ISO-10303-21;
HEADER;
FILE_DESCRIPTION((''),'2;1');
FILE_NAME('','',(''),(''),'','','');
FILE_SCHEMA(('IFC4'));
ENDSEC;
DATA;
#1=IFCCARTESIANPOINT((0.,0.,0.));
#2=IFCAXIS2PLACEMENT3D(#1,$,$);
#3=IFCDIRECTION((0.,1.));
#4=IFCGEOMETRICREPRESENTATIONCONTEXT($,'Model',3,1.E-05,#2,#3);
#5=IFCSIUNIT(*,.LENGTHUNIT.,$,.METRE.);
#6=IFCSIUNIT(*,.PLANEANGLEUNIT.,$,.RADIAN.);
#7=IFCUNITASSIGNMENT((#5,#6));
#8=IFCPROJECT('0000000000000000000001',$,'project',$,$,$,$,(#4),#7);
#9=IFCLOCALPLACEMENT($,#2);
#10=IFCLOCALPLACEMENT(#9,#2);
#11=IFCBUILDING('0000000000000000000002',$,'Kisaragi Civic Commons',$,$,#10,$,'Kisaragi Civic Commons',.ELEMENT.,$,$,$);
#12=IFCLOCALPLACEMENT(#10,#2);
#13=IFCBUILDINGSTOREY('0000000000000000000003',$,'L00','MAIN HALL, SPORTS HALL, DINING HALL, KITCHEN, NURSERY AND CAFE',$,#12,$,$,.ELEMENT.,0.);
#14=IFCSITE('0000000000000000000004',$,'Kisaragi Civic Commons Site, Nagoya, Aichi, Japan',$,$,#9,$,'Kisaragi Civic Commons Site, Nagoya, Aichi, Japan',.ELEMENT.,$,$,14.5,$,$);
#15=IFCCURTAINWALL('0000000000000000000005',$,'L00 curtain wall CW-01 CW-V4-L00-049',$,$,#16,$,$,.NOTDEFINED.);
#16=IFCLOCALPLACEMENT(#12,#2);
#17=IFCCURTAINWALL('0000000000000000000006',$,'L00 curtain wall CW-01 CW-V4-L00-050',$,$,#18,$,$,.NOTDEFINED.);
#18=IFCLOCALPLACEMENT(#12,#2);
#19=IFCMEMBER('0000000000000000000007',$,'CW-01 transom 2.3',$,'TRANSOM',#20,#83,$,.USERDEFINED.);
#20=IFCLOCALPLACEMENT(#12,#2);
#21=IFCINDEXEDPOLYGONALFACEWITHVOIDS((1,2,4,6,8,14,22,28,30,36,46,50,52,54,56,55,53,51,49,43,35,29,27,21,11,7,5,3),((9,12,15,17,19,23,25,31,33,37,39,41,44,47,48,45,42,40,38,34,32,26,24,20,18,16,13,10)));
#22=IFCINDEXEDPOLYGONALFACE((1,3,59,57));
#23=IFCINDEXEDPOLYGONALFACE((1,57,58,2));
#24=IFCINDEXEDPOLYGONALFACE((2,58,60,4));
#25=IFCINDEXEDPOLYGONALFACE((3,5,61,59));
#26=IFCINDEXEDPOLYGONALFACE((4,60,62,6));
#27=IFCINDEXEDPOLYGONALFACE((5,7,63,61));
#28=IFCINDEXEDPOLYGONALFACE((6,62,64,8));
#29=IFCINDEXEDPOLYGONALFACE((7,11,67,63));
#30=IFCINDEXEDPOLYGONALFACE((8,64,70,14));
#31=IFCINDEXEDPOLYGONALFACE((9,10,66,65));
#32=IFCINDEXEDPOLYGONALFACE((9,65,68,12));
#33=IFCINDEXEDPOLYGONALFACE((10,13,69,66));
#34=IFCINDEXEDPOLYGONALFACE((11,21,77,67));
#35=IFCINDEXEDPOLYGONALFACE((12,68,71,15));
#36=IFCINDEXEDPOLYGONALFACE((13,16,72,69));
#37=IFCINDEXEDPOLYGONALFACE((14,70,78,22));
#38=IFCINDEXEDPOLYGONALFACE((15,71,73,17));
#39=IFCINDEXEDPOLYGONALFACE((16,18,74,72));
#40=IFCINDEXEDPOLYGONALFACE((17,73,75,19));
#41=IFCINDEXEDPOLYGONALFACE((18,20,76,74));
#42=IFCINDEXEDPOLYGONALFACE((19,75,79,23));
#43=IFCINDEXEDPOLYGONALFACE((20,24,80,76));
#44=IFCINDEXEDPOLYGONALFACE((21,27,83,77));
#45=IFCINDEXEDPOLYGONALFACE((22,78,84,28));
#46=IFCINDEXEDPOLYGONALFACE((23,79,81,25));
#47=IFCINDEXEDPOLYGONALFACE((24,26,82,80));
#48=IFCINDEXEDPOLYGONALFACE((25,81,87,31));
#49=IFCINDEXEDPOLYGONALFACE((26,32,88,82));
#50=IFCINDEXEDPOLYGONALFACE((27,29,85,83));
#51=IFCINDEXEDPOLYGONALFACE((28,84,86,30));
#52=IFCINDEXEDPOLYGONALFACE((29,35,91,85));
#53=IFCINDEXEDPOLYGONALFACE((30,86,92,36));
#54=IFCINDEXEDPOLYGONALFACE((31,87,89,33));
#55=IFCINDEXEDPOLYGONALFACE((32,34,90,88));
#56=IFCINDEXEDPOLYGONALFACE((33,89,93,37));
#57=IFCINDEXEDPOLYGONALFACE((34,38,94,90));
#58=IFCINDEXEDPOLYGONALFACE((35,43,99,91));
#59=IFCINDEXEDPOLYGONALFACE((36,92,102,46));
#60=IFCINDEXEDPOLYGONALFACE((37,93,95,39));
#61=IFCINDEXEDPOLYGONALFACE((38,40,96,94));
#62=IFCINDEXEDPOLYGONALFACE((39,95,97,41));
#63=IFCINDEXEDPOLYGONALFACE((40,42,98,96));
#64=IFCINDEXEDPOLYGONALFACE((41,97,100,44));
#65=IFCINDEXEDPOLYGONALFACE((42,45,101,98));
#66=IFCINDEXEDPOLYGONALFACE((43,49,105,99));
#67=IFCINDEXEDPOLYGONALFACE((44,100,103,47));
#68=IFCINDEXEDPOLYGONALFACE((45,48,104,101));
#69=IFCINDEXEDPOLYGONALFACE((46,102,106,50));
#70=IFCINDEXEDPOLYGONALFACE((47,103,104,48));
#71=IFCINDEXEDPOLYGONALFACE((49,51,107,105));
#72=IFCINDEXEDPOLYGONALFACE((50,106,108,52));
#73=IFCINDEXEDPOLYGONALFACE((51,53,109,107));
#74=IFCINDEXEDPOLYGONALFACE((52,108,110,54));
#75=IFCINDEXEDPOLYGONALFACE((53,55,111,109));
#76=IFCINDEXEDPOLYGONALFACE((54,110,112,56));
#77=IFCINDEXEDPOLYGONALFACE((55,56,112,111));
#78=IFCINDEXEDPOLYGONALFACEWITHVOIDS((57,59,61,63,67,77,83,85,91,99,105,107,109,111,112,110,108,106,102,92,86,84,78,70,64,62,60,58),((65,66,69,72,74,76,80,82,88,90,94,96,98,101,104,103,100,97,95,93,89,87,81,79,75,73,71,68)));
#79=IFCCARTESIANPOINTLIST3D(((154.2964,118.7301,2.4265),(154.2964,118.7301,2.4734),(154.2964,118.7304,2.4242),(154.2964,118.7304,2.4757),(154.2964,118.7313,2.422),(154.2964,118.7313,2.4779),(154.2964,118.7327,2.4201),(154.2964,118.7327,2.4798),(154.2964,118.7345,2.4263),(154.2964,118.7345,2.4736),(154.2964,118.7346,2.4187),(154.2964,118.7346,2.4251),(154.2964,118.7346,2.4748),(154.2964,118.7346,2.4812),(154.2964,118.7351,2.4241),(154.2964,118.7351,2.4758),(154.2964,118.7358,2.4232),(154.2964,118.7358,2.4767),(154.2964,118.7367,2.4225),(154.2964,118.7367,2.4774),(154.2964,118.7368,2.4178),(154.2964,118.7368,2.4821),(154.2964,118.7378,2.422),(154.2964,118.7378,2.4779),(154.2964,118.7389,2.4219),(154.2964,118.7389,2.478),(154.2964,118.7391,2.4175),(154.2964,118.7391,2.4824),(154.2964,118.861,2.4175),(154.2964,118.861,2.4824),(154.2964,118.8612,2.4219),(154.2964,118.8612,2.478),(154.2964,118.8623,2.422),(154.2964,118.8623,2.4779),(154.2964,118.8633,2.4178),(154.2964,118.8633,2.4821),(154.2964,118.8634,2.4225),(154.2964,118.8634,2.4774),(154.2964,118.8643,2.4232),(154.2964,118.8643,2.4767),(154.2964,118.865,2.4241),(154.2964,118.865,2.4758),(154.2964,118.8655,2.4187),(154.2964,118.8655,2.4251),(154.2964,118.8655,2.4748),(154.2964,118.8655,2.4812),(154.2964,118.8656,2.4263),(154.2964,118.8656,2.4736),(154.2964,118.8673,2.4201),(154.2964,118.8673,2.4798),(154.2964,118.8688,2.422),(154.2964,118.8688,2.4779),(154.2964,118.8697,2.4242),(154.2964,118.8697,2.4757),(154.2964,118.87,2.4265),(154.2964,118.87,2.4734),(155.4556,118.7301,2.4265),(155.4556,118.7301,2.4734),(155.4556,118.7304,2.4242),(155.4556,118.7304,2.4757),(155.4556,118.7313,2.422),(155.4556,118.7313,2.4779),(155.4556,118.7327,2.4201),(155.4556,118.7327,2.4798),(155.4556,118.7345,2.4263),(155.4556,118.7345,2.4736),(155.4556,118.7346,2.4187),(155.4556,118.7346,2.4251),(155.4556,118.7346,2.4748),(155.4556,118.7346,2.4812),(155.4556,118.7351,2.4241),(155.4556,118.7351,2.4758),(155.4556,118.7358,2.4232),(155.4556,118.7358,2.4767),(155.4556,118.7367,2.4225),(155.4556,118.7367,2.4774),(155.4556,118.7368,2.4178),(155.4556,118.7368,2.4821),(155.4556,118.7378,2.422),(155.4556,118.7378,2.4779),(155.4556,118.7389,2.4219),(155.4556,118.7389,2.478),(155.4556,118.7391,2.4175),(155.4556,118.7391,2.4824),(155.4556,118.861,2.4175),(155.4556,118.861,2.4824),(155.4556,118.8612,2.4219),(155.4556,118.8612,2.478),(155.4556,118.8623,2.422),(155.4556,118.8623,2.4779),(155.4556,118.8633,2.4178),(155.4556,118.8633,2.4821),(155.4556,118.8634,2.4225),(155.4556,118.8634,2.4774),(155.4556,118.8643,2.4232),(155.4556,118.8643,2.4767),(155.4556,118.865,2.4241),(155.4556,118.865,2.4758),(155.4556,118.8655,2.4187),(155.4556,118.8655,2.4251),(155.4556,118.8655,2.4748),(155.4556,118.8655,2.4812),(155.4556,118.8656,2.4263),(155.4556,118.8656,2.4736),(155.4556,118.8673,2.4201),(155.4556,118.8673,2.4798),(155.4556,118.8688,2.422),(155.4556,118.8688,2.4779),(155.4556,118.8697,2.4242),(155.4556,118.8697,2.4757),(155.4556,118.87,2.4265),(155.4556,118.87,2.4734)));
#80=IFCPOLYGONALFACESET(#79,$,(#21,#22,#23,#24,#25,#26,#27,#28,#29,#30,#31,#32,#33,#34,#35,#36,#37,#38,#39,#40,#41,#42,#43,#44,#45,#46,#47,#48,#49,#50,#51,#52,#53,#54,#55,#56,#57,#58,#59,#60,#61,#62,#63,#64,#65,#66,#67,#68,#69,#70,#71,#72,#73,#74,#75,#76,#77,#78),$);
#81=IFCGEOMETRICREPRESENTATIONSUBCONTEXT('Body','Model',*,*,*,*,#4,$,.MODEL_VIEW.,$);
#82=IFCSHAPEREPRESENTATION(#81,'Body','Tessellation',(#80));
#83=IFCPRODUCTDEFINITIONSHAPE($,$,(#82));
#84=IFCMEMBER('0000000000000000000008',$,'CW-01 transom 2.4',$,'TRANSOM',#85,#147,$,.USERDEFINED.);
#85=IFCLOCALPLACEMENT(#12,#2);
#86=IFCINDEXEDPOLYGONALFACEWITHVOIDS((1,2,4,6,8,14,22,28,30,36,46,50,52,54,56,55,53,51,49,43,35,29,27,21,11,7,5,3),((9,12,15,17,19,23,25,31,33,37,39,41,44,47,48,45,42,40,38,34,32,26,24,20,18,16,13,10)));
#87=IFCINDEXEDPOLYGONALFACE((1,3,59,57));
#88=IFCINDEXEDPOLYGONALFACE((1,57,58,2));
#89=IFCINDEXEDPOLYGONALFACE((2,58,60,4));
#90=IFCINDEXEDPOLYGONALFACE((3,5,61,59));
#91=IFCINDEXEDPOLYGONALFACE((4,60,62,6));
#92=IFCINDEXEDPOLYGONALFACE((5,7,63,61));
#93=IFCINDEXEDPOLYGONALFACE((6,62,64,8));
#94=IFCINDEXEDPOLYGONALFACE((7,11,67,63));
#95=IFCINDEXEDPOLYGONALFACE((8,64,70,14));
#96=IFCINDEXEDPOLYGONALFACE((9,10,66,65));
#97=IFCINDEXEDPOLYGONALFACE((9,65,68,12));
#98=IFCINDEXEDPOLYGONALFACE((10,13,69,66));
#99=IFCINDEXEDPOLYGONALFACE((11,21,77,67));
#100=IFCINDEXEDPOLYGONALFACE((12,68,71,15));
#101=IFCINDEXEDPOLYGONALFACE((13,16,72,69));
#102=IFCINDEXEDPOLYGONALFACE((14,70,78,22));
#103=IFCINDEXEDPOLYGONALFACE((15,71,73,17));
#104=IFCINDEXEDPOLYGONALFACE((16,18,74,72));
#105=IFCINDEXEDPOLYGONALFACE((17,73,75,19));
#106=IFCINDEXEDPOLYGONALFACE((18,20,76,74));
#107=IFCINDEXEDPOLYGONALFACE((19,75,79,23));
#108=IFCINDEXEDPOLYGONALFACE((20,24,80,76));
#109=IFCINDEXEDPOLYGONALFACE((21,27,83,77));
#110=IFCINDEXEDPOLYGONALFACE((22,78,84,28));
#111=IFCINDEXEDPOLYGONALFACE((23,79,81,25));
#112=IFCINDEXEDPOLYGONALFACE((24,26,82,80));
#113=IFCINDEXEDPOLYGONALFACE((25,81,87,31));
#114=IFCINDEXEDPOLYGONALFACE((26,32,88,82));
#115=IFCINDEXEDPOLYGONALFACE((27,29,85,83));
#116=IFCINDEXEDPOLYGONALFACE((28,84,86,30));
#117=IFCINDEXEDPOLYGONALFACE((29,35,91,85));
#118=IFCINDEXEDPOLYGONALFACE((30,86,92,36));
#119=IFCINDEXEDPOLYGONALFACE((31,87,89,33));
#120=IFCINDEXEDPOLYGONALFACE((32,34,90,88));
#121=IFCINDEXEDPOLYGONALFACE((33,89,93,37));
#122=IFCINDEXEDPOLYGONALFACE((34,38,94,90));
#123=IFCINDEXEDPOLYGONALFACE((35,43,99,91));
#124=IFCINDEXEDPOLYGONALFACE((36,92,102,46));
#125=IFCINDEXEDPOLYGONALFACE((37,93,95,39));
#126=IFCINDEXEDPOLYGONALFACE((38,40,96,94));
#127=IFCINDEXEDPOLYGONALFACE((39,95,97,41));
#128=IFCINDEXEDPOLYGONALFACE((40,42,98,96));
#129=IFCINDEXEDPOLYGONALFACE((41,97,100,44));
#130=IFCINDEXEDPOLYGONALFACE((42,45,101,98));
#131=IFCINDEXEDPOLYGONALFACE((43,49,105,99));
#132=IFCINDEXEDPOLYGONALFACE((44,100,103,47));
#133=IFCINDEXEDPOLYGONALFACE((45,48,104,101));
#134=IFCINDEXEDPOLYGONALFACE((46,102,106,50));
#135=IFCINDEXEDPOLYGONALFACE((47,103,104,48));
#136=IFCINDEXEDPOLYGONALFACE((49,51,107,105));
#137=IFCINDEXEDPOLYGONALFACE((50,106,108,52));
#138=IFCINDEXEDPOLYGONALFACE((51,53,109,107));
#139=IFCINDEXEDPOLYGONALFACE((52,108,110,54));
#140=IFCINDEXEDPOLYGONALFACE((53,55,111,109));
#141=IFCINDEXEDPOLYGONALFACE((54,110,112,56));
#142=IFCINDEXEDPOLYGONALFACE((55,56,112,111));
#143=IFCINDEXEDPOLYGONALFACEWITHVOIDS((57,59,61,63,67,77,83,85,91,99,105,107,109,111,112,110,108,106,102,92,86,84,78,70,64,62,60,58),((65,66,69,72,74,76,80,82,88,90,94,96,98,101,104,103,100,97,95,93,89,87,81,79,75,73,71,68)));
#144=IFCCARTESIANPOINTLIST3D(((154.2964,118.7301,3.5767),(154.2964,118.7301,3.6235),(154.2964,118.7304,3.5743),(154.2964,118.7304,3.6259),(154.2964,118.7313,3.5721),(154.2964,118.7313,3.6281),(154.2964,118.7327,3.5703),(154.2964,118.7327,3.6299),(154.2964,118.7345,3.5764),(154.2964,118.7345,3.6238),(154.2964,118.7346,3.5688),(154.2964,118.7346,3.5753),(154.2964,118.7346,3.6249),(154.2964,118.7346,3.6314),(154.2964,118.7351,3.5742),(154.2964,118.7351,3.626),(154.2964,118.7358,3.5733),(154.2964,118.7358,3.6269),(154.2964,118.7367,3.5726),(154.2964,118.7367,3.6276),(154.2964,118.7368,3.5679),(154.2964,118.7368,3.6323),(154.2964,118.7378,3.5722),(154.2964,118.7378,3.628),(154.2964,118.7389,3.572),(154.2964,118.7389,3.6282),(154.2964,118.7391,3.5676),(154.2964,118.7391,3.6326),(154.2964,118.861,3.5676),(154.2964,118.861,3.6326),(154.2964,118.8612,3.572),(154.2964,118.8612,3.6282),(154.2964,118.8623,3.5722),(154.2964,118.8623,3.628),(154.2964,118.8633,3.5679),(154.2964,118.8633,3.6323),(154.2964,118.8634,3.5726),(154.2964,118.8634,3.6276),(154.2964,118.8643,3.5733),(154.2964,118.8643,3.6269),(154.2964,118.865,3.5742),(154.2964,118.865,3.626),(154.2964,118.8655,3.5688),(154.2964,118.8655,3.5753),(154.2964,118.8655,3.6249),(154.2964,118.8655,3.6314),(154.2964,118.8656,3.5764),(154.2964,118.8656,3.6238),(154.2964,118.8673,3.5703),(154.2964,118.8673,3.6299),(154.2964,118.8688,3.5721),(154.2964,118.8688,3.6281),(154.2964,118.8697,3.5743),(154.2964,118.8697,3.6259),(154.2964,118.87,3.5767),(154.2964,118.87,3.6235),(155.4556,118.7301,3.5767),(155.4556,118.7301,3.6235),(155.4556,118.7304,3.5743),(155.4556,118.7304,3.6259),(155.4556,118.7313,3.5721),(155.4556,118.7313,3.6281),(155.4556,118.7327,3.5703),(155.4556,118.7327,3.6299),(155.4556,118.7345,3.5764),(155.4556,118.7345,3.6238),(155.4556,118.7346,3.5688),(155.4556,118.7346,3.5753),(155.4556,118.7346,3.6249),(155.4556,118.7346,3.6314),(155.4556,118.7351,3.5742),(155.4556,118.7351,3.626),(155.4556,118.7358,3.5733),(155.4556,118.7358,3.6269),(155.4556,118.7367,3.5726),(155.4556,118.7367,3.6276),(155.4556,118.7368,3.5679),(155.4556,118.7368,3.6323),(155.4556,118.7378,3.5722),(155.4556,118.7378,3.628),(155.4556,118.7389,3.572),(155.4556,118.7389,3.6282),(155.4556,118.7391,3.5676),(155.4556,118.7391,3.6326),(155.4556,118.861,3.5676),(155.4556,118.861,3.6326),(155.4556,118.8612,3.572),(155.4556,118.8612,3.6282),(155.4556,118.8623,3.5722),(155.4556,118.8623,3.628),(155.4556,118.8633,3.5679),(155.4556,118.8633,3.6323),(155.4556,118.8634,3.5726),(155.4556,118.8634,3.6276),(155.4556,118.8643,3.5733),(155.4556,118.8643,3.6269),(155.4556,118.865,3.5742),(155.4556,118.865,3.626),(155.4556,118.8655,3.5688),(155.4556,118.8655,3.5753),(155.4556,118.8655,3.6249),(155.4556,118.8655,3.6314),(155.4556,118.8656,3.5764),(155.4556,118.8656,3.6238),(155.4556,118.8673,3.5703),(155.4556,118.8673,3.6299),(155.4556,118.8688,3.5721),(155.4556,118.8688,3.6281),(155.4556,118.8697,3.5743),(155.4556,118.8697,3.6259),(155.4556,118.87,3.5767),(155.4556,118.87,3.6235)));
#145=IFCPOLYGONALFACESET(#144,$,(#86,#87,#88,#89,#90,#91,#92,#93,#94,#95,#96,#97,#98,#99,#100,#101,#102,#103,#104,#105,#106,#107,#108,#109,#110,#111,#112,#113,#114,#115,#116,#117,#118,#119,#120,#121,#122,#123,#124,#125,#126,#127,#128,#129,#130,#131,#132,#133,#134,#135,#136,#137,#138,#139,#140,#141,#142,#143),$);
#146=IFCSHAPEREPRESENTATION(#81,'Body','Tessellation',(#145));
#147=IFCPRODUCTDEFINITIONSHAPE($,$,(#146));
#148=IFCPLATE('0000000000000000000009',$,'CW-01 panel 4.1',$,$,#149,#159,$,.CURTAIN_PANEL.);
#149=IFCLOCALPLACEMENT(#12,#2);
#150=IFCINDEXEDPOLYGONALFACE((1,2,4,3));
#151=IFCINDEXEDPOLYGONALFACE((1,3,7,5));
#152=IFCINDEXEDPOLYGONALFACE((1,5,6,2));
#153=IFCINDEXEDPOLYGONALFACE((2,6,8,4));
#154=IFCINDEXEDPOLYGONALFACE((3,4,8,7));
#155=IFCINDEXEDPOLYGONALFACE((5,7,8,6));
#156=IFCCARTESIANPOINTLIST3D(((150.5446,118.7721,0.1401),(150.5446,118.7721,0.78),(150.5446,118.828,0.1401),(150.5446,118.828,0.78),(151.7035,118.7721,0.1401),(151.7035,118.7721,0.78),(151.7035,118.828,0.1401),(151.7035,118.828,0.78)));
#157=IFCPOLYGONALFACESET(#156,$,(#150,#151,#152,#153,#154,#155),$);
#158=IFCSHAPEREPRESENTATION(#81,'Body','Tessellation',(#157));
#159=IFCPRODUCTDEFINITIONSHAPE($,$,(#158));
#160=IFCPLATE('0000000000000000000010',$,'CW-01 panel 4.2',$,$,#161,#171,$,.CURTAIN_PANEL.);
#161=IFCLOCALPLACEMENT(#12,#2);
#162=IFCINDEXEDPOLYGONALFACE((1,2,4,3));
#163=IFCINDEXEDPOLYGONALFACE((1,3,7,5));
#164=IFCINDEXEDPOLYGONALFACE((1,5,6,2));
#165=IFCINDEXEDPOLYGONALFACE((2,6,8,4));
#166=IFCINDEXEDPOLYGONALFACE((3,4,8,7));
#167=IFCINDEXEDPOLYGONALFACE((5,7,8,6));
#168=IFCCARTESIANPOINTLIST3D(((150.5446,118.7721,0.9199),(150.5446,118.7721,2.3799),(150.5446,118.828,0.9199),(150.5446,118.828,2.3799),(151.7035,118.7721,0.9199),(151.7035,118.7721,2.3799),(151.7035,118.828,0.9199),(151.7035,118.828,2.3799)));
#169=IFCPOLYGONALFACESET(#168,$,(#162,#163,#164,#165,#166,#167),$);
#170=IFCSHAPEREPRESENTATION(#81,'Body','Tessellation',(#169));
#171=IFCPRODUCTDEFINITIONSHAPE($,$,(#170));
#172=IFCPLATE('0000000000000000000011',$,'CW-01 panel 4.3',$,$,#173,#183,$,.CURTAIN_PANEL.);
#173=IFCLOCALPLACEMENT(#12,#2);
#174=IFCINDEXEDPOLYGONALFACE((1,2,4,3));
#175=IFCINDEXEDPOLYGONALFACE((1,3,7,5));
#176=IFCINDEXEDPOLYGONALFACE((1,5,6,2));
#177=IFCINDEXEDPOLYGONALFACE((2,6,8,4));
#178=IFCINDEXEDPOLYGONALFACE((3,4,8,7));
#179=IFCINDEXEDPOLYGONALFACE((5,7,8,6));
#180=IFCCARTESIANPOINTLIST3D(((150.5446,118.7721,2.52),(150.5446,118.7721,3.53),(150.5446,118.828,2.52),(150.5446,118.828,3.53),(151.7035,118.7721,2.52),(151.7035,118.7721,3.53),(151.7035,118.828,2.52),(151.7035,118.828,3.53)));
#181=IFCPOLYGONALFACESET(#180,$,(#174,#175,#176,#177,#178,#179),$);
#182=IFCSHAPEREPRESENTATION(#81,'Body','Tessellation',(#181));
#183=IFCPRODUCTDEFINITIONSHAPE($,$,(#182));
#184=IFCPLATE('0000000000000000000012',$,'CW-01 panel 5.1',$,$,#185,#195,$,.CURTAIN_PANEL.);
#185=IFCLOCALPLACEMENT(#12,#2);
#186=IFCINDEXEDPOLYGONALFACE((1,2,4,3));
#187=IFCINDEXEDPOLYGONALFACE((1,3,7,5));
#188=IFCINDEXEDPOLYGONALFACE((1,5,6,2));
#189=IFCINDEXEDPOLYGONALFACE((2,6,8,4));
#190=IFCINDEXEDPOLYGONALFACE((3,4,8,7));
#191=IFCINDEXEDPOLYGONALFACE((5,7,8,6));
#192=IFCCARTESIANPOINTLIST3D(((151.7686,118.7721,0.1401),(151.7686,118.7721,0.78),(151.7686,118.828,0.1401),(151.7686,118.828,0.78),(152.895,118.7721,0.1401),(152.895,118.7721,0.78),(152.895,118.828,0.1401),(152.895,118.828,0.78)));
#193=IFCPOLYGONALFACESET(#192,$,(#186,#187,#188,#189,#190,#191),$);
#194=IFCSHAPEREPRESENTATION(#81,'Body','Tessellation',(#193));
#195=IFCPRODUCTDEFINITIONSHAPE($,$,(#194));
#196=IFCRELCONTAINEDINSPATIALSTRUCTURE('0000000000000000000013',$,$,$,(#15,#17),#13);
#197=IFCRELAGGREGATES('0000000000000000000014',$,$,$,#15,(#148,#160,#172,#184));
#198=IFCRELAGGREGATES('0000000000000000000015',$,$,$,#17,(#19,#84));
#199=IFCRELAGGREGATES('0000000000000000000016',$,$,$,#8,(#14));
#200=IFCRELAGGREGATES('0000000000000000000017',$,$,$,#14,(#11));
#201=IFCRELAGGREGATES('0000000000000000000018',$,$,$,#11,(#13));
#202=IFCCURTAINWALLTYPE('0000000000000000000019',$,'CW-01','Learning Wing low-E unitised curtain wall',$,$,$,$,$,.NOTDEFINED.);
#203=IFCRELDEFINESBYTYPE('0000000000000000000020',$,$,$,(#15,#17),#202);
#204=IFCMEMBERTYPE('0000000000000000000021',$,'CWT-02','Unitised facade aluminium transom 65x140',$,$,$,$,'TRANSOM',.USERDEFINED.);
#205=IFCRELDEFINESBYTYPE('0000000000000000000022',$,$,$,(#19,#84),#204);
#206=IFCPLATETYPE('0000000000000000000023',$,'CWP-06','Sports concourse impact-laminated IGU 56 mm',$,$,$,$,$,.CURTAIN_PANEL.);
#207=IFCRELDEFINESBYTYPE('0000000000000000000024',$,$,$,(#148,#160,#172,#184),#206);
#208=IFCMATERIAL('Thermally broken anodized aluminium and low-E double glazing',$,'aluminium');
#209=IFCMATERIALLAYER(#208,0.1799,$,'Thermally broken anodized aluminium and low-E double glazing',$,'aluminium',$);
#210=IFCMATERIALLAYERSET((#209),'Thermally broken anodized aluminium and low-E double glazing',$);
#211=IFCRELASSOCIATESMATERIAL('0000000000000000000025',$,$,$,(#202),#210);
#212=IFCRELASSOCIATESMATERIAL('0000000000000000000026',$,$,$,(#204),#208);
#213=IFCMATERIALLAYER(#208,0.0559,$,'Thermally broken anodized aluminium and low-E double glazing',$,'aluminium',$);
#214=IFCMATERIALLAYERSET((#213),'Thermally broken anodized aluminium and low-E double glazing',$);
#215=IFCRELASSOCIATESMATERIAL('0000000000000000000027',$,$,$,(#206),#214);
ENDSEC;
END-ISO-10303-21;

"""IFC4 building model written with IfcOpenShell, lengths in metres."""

from ifc_helpers import new_model, si_unit, direction, frame, origin, origin_2d, place, context, subcontext, project, spatial, rectangle, hollow_rectangle, extrude, material, layer, layer_set, material_profile, profile_set, type_object, element, aggregate, save


model = new_model("IFC4")

# Units and contexts
model_context = context("Model", 3, precision=1e-05, world=origin(), true_north=direction((0.0, 1.0)))
body_context = subcontext(model_context, "Body", "Model", "MODEL_VIEW")
ifc_project = project(units=[si_unit("LENGTHUNIT", "METRE"), si_unit("PLANEANGLEUNIT", "RADIAN")], contexts=[model_context])

# Site, building, storey
site_placement = place(None, origin())
site = spatial("IfcSite", under=ifc_project, at=site_placement, Name="Kisaragi Civic Commons Site, Nagoya, Aichi, Japan", LongName="Kisaragi Civic Commons Site, Nagoya, Aichi, Japan", CompositionType="ELEMENT", RefElevation=14.5)
building_placement = place(site_placement, origin())
building = spatial("IfcBuilding", under=site, at=building_placement, Name="Kisaragi Civic Commons", LongName="Kisaragi Civic Commons", CompositionType="ELEMENT")
storey_placement = place(building_placement, origin())
storey = spatial("IfcBuildingStorey", under=building, at=storey_placement, Name="L00", Description="MAIN HALL, SPORTS HALL, DINING HALL, KITCHEN, NURSERY AND CAFE", CompositionType="ELEMENT", Elevation=0.0)

# Curtain walls
ifc_material_1 = material(Name="Thermally broken anodized aluminium and low-E double glazing", Category="aluminium")
ifc_layer_1 = layer(ifc_material_1, 0.1799, Name="Thermally broken anodized aluminium and low-E double glazing", Category="aluminium")
ifc_layer_set_1 = layer_set([ifc_layer_1], Name="Thermally broken anodized aluminium and low-E double glazing")
curtain_wall_type = type_object("IfcCurtainWallType", Name="CW-01", Description="Learning Wing low-E unitised curtain wall", PredefinedType="NOTDEFINED", material=ifc_layer_set_1)
curtain_wall_1_placement = place(storey_placement, origin())
curtain_wall_1 = element("IfcCurtainWall", 1, at=curtain_wall_1_placement, inside=storey, type_object=curtain_wall_type, Name="L00 curtain wall CW-01 CW-V4-L00-049", PredefinedType="NOTDEFINED")
curtain_wall_2_placement = place(storey_placement, origin())
curtain_wall_2 = element("IfcCurtainWall", 2, at=curtain_wall_2_placement, inside=storey, type_object=curtain_wall_type, Name="L00 curtain wall CW-01 CW-V4-L00-050", PredefinedType="NOTDEFINED")

# Members
ifc_material_profile_1 = material_profile(ifc_material_1, hollow_rectangle(XDim=0.1399, YDim=0.0649, WallThickness=0.0044, InnerFilletRadius=0.0044, OuterFilletRadius=0.009, at=origin_2d()), Name="CWT-65x140x4.5", Category="aluminium")
ifc_profile_set_1 = profile_set([ifc_material_profile_1], Name="Thermally broken anodized aluminium and low-E double glazing")
member_type_1 = type_object("IfcMemberType", Name="CWT-02", Description="Unitised facade aluminium transom 65x140", ElementType="TRANSOM", PredefinedType="USERDEFINED", material=ifc_profile_set_1)
member_1_placement = place(storey_placement, frame((154.2964, 118.8, 2.45), z_axis=(1.0, 0.0, 0.0), x_axis=(0.0, 1.0, 0.0)))
member_1 = element("IfcMember", 3, at=member_1_placement, type_object=member_type_1, Name="CW-01 transom 2.3", ObjectType="TRANSOM", PredefinedType="USERDEFINED", context=body_context, shape_type="SweptSolid", body=[
    extrude(hollow_rectangle(XDim=0.1399, YDim=0.0649, WallThickness=0.0044, InnerFilletRadius=0.0044, OuterFilletRadius=0.009, at=origin_2d()), origin(), (0.0, 0.0, 1.0), 1.1592),
])
member_2_placement = place(storey_placement, frame((154.2964, 118.8, 3.6001), z_axis=(1.0, 0.0, 0.0), x_axis=(0.0, 1.0, 0.0)))
member_2 = element("IfcMember", 4, at=member_2_placement, type_object=member_type_1, Name="CW-01 transom 2.4", ObjectType="TRANSOM", PredefinedType="USERDEFINED", context=body_context, shape_type="SweptSolid", body=[
    extrude(hollow_rectangle(XDim=0.1399, YDim=0.0649, WallThickness=0.0044, InnerFilletRadius=0.0044, OuterFilletRadius=0.009, at=origin_2d()), origin(), (0.0, 0.0, 1.0), 1.1592),
])

# Plates
ifc_layer_2 = layer(ifc_material_1, 0.0559, Name="Thermally broken anodized aluminium and low-E double glazing", Category="aluminium")
ifc_layer_set_2 = layer_set([ifc_layer_2], Name="Thermally broken anodized aluminium and low-E double glazing")
plate_type_1 = type_object("IfcPlateType", Name="CWP-06", Description="Sports concourse impact-laminated IGU 56 mm", PredefinedType="CURTAIN_PANEL", material=ifc_layer_set_2)
plate_1_placement = place(storey_placement, frame((151.124, 118.8, 0.1401), z_axis=(0.0, 0.0, 1.0), x_axis=(1.0, 0.0, 0.0)))
plate_1 = element("IfcPlate", 5, at=plate_1_placement, type_object=plate_type_1, Name="CW-01 panel 4.1", PredefinedType="CURTAIN_PANEL", context=body_context, shape_type="SweptSolid", body=[
    extrude(rectangle(XDim=1.1589, YDim=0.0559, at=origin_2d()), origin(), (0.0, 0.0, 1.0), 0.6399),
])
plate_2_placement = place(storey_placement, frame((151.124, 118.8, 0.9199), z_axis=(0.0, 0.0, 1.0), x_axis=(1.0, 0.0, 0.0)))
plate_2 = element("IfcPlate", 6, at=plate_2_placement, type_object=plate_type_1, Name="CW-01 panel 4.2", PredefinedType="CURTAIN_PANEL", context=body_context, shape_type="SweptSolid", body=[
    extrude(rectangle(XDim=1.1589, YDim=0.0559, at=origin_2d()), origin(), (0.0, 0.0, 1.0), 1.46),
])
plate_3_placement = place(storey_placement, frame((151.124, 118.8, 2.52), z_axis=(0.0, 0.0, 1.0), x_axis=(1.0, 0.0, 0.0)))
plate_3 = element("IfcPlate", 7, at=plate_3_placement, type_object=plate_type_1, Name="CW-01 panel 4.3", PredefinedType="CURTAIN_PANEL", context=body_context, shape_type="SweptSolid", body=[
    extrude(rectangle(XDim=1.1589, YDim=0.0559, at=origin_2d()), origin(), (0.0, 0.0, 1.0), 1.01),
])
plate_4_placement = place(storey_placement, frame((152.3318, 118.8, 0.1401), z_axis=(0.0, 0.0, 1.0), x_axis=(1.0, 0.0, 0.0)))
plate_4 = element("IfcPlate", 8, at=plate_4_placement, type_object=plate_type_1, Name="CW-01 panel 5.1", PredefinedType="CURTAIN_PANEL", context=body_context, shape_type="SweptSolid", body=[
    extrude(rectangle(XDim=1.1265, YDim=0.0559, at=origin_2d()), origin(), (0.0, 0.0, 1.0), 0.6399),
])
aggregate(curtain_wall_1, [plate_1, plate_2, plate_3, plate_4])
aggregate(curtain_wall_2, [member_1, member_2])

save(model, "model.ifc")
